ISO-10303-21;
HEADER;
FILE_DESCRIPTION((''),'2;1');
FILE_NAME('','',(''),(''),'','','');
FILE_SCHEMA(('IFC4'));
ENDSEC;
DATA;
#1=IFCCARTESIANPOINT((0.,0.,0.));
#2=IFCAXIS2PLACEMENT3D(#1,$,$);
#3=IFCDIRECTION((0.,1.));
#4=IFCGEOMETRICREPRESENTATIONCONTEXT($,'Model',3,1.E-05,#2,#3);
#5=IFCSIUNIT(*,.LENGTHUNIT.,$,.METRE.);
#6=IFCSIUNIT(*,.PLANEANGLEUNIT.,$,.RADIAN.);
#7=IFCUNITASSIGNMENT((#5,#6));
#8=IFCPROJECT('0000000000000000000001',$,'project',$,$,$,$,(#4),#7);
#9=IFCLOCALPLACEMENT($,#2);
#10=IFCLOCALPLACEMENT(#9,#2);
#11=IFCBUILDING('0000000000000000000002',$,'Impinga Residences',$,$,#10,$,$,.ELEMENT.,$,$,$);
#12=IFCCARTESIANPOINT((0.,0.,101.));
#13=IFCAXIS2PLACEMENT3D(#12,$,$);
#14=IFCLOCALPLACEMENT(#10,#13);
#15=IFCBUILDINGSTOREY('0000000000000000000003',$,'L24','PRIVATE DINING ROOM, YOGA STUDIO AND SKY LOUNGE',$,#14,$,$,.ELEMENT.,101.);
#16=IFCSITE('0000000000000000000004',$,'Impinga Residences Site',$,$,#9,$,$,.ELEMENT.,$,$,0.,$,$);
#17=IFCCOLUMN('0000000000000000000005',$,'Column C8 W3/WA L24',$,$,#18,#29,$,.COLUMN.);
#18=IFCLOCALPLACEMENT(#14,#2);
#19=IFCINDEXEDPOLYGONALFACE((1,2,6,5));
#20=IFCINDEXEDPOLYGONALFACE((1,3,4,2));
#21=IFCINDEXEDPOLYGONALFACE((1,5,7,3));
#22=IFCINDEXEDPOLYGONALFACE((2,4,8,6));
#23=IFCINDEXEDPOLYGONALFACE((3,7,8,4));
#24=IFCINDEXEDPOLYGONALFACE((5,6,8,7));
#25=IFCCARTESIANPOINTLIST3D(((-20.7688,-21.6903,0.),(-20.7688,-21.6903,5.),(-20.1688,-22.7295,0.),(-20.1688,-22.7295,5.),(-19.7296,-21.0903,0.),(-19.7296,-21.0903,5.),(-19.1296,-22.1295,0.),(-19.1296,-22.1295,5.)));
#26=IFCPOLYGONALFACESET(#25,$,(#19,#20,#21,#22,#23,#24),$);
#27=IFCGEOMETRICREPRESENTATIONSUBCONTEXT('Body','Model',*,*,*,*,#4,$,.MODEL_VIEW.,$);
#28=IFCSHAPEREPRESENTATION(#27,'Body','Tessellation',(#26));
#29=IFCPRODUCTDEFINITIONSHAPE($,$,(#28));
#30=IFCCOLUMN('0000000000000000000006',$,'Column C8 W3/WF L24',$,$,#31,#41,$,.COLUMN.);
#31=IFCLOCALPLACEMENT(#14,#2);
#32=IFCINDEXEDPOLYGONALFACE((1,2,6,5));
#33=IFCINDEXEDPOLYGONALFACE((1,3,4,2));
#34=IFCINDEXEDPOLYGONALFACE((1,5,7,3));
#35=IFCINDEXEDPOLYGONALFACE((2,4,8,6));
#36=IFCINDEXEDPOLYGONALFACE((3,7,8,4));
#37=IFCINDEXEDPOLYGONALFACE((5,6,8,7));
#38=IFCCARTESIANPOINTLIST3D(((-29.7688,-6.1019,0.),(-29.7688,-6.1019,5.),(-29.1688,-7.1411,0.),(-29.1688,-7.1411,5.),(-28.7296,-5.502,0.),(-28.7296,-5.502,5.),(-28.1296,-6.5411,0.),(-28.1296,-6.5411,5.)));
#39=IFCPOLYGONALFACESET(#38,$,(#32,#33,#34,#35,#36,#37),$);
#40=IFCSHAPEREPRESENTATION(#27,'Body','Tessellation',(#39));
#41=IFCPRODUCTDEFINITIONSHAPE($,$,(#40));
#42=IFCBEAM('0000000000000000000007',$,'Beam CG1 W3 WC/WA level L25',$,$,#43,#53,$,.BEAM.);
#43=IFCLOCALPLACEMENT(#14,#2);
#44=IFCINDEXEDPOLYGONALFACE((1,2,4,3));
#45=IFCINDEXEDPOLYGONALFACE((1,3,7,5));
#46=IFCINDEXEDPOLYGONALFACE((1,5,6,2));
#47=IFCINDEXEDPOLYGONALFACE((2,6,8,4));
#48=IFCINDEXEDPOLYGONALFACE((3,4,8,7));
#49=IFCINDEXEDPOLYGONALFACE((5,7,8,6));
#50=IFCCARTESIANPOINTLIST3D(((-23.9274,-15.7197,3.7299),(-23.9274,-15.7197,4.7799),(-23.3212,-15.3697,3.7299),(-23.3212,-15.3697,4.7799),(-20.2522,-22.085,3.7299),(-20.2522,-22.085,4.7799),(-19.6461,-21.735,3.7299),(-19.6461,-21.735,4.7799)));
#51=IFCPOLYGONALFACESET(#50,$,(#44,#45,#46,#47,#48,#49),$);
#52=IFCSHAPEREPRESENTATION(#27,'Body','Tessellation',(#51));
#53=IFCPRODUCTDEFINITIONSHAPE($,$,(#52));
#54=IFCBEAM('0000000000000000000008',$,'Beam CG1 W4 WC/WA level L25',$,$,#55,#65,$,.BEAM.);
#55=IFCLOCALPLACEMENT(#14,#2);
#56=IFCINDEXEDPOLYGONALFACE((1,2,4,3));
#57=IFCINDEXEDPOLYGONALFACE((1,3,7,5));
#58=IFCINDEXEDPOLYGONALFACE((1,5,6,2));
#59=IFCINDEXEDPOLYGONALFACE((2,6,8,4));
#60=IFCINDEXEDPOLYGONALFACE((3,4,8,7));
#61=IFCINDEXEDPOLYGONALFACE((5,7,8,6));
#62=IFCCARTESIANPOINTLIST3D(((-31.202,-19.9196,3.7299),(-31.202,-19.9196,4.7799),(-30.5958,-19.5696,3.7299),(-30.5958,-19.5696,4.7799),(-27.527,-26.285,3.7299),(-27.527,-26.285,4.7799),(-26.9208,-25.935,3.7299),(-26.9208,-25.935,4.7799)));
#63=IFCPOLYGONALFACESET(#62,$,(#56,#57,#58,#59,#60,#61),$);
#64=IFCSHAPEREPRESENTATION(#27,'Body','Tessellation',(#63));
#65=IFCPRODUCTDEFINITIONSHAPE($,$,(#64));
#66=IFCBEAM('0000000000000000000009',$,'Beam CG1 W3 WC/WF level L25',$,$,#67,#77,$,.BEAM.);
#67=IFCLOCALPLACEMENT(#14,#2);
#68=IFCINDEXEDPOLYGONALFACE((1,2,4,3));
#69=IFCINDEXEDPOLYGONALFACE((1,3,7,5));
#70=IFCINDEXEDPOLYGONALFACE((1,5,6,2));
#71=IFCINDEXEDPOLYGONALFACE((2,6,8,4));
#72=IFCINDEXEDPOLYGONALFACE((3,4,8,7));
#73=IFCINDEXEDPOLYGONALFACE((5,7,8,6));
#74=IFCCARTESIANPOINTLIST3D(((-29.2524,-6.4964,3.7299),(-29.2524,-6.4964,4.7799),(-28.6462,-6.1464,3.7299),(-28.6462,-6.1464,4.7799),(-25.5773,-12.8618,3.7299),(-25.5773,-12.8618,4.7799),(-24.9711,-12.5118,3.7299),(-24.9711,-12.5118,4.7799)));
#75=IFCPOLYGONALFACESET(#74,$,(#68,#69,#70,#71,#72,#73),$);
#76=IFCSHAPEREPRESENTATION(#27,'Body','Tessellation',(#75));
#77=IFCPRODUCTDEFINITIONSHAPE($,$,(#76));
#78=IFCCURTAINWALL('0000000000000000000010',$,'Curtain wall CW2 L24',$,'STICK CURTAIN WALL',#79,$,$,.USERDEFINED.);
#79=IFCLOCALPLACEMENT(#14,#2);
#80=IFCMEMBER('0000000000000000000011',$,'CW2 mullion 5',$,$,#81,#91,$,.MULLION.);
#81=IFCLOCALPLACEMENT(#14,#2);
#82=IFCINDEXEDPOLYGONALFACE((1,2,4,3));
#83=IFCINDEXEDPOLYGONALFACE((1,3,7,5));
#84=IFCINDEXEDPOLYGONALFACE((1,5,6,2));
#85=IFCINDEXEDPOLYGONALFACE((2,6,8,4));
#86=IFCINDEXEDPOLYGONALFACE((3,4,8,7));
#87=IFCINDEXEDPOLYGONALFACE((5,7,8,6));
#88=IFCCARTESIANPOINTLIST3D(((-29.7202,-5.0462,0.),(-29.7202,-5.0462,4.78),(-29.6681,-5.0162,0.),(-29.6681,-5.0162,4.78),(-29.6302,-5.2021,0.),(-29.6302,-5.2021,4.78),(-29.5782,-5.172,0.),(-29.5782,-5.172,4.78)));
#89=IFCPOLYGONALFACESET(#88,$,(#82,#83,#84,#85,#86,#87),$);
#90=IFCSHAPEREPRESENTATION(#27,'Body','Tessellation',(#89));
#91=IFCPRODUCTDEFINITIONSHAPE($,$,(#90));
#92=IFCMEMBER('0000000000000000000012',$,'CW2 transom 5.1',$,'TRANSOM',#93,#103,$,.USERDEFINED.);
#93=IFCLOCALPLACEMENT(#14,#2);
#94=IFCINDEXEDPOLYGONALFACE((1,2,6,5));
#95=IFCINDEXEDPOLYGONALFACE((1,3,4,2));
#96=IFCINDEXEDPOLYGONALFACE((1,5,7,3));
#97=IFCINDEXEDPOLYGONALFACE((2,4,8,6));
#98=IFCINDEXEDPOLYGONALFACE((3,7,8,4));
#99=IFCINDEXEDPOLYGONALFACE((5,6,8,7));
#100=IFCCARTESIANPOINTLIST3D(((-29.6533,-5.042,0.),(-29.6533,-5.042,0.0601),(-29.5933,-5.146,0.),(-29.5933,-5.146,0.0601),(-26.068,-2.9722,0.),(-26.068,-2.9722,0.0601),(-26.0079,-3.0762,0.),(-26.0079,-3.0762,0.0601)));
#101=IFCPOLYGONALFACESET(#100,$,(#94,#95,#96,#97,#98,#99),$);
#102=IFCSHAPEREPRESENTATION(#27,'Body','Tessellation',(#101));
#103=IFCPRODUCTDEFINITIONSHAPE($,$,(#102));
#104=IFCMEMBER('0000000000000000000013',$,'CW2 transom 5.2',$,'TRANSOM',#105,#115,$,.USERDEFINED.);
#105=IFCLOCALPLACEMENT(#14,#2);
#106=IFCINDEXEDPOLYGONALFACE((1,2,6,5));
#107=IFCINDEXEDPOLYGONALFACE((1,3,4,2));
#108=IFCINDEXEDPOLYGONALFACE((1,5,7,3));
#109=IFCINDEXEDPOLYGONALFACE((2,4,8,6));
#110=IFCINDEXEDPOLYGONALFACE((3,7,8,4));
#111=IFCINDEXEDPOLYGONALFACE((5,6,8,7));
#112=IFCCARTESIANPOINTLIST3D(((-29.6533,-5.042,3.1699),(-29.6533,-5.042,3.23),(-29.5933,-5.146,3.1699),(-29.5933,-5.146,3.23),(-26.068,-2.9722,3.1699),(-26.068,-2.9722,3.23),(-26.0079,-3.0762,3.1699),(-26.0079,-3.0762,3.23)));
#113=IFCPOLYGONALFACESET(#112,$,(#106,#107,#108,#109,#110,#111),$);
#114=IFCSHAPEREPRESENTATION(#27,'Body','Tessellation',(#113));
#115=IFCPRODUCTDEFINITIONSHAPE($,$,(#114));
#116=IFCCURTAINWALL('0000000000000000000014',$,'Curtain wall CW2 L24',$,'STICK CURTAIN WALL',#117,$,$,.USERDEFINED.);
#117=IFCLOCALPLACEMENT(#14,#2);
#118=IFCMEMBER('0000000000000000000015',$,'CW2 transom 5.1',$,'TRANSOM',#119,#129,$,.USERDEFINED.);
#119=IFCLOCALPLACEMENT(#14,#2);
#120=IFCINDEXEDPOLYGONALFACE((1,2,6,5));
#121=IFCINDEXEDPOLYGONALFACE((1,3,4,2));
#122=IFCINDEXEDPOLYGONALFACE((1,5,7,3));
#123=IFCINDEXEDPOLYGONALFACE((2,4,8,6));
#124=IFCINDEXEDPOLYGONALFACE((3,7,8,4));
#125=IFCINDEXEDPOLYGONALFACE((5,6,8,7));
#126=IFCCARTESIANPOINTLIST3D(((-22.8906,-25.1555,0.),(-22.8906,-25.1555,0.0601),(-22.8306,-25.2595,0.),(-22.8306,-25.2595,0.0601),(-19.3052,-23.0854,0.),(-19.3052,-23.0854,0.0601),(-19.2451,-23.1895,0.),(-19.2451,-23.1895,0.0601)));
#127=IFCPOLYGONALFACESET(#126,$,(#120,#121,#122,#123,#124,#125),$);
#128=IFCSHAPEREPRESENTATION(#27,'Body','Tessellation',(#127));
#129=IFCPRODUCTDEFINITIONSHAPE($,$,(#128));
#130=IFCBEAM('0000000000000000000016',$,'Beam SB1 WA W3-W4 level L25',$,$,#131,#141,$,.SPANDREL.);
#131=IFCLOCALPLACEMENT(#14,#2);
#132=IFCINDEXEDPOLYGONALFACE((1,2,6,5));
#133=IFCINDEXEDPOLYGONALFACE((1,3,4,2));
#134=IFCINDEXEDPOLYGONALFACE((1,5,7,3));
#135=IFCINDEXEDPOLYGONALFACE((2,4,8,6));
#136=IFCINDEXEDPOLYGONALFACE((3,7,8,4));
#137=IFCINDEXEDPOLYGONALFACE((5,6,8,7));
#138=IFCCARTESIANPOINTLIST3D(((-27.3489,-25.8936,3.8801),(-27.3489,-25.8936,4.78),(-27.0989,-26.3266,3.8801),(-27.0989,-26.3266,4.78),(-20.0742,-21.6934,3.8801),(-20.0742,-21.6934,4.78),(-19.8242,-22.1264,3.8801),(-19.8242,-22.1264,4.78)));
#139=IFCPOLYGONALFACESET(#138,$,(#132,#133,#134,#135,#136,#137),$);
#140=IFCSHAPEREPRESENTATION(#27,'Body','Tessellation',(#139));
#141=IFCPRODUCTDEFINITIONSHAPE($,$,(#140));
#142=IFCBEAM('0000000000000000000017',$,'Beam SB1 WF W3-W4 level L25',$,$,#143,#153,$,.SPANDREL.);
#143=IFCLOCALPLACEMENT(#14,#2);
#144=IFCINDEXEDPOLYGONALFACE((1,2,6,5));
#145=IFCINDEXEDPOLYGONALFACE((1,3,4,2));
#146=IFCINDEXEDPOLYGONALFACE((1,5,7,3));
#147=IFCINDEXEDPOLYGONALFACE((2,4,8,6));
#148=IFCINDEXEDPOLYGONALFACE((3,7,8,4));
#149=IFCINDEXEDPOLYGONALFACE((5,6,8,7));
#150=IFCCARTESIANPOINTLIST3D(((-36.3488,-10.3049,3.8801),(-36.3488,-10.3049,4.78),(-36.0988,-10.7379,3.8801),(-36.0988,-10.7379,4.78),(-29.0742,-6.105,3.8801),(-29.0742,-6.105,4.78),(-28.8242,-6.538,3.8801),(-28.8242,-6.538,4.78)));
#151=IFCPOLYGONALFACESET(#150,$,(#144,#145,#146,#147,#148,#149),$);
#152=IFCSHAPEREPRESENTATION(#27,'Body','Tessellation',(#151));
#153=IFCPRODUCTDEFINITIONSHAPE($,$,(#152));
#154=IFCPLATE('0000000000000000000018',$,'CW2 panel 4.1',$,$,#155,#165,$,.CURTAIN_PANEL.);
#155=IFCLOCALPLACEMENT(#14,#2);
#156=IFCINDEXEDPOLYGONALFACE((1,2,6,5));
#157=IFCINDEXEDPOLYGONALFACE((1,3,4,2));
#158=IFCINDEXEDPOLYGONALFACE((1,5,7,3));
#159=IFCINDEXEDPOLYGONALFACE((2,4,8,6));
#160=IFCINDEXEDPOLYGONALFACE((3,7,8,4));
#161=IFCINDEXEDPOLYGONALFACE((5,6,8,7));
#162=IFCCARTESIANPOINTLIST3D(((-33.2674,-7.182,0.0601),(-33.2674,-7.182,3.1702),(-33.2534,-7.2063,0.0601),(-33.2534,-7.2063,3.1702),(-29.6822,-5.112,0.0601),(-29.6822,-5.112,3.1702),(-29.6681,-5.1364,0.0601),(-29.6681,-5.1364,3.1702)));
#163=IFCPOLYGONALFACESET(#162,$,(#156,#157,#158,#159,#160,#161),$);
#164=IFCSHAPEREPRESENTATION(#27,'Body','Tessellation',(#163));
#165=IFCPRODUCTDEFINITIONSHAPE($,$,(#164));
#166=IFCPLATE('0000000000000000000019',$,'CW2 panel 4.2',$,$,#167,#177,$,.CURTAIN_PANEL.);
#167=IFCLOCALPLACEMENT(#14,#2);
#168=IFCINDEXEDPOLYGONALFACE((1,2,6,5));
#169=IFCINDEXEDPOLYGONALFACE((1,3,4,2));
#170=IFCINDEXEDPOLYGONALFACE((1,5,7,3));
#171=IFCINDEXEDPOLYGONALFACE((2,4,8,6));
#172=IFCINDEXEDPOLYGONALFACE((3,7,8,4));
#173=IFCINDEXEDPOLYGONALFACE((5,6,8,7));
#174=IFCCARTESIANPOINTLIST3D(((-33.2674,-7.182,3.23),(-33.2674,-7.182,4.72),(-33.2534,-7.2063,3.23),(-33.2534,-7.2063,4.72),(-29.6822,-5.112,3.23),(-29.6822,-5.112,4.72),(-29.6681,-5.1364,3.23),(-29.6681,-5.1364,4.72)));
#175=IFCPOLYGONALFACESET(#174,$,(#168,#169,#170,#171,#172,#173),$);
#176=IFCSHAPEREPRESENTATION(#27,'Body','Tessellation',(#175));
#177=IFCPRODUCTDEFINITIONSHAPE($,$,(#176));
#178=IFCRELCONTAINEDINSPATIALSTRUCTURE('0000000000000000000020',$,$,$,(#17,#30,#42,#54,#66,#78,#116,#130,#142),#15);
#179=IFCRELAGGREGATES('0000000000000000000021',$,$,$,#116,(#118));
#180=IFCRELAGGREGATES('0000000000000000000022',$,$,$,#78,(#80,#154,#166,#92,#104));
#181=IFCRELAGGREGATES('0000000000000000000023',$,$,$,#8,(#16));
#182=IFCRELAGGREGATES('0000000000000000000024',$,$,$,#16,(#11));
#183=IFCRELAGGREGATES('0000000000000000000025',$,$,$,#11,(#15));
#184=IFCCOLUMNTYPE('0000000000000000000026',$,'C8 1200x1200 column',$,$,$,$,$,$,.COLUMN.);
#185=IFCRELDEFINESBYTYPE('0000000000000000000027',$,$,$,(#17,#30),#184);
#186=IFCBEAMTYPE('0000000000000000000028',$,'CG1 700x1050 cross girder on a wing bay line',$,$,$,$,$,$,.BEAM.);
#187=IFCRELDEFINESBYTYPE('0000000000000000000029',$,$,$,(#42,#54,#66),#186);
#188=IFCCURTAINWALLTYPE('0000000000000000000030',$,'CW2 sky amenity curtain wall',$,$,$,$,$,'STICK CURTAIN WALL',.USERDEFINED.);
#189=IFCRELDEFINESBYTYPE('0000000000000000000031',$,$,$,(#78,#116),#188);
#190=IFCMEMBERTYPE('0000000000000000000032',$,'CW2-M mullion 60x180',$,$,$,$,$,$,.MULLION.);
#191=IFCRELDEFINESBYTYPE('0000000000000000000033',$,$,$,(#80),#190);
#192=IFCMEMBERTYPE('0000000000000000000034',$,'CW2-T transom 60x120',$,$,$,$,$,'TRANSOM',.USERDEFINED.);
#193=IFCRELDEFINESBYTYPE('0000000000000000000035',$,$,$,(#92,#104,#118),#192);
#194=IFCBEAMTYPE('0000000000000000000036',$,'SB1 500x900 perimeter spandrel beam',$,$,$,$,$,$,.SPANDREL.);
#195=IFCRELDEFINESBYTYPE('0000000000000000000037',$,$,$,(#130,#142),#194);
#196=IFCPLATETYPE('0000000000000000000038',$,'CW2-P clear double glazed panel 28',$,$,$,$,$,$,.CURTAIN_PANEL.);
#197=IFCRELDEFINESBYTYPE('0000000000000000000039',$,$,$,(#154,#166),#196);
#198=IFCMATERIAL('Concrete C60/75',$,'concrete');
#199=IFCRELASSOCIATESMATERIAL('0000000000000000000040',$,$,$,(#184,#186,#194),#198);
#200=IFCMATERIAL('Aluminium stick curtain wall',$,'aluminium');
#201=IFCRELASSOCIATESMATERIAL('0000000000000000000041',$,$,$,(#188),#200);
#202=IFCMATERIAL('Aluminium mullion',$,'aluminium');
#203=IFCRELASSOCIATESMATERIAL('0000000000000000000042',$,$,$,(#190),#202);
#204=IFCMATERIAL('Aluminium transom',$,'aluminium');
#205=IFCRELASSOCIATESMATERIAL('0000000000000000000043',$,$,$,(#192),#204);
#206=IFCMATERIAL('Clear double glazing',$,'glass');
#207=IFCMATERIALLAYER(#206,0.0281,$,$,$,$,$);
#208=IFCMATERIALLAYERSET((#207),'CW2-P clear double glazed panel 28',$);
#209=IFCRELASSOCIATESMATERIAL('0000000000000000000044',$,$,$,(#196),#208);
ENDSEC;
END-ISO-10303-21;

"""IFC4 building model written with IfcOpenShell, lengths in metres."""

from ifc_helpers import new_model, si_unit, direction, frame, origin, origin_2d, place, context, subcontext, project, spatial, rectangle, extrude, material, layer, layer_set, material_profile, profile_set, type_object, element, aggregate, save


model = new_model("IFC4")

# Units and contexts
model_context = context("Model", 3, precision=1e-05, world=origin(), true_north=direction((0.0, 1.0)))
body_context = subcontext(model_context, "Body", "Model", "MODEL_VIEW")
ifc_project = project(units=[si_unit("LENGTHUNIT", "METRE"), si_unit("PLANEANGLEUNIT", "RADIAN")], contexts=[model_context])

# Site, building, storey
site_placement = place(None, origin())
site = spatial("IfcSite", under=ifc_project, at=site_placement, Name="Impinga Residences Site", CompositionType="ELEMENT", RefElevation=0.0)
building_placement = place(site_placement, origin())
building = spatial("IfcBuilding", under=site, at=building_placement, Name="Impinga Residences", CompositionType="ELEMENT")
storey_placement = place(building_placement, frame((0.0, 0.0, 101.0)))
storey = spatial("IfcBuildingStorey", under=building, at=storey_placement, Name="L24", Description="PRIVATE DINING ROOM, YOGA STUDIO AND SKY LOUNGE", CompositionType="ELEMENT", Elevation=101.0)

# Columns
ifc_material_1 = material(Name="Concrete C60/75", Category="concrete")
ifc_material_profile_1 = material_profile(ifc_material_1, rectangle(XDim=1.2, YDim=1.2, at=origin_2d()), Name="RC 1200x1200")
ifc_profile_set_1 = profile_set([ifc_material_profile_1], Name="Concrete C60/75")
column_type = type_object("IfcColumnType", Name="C8 1200x1200 column", PredefinedType="COLUMN", material=ifc_profile_set_1)
for number, where, z_axis, x_axis, name in (
    (1, (-19.9492, -21.9099, 0.0), (0.0, 0.0, 1.0), (-0.5, 0.866025, 0.0), "Column C8 W3/WA L24"),
    (2, (-28.9492, -6.3215, 0.0), (0.0, 0.0, 1.0), (-0.5, 0.866025, 0.0), "Column C8 W3/WF L24"),
):
    element("IfcColumn", number, at=place(storey_placement, frame(where, z_axis=z_axis, x_axis=x_axis)), inside=storey, type_object=column_type, Name=name, PredefinedType="COLUMN", context=body_context, shape_type="SweptSolid", body=[
        extrude(rectangle(XDim=1.2, YDim=1.2, at=origin_2d()), origin(), (0.0, 0.0, 1.0), 5.0),
    ])

# Beams
ifc_material_profile_2 = material_profile(ifc_material_1, rectangle(XDim=0.7, YDim=1.05, at=origin_2d()), Name="RC 700x1050")
ifc_profile_set_2 = profile_set([ifc_material_profile_2], Name="Concrete C60/75")
beam_type_1 = type_object("IfcBeamType", Name="CG1 700x1050 cross girder on a wing bay line", PredefinedType="BEAM", material=ifc_profile_set_2)
for number, where, z_axis, x_axis, name in (
    (3, (-23.6243, -15.5447, 4.2549), (0.500008, -0.866021, 0.0), (0.866021, 0.500008, 0.0), "Beam CG1 W3 WC/WA level L25"),
    (4, (-30.8989, -19.7446, 4.2549), (0.499994, -0.866029, 0.0), (0.866029, 0.499994, 0.0), "Beam CG1 W4 WC/WA level L25"),
    (5, (-25.2742, -12.6868, 4.2549), (-0.500008, 0.866021, 0.0), (-0.866021, -0.500008, 0.0), "Beam CG1 W3 WC/WF level L25"),
):
    element("IfcBeam", number, at=place(storey_placement, frame(where, z_axis=z_axis, x_axis=x_axis)), inside=storey, type_object=beam_type_1, Name=name, PredefinedType="BEAM", context=body_context, shape_type="SweptSolid", body=[
        extrude(rectangle(XDim=0.7, YDim=1.05, at=origin_2d()), origin(), (0.0, 0.0, 1.0), 7.3501),
    ])

# Curtain wall, members
ifc_material_2 = material(Name="Aluminium stick curtain wall", Category="aluminium")
curtain_wall_type = type_object("IfcCurtainWallType", Name="CW2 sky amenity curtain wall", ElementType="STICK CURTAIN WALL", PredefinedType="USERDEFINED", material=ifc_material_2)
curtain_wall_1_placement = place(storey_placement, origin())
curtain_wall_1 = element("IfcCurtainWall", 6, at=curtain_wall_1_placement, inside=storey, type_object=curtain_wall_type, Name="Curtain wall CW2 L24", ObjectType="STICK CURTAIN WALL", PredefinedType="USERDEFINED")
ifc_material_3 = material(Name="Aluminium mullion", Category="aluminium")
ifc_material_profile_3 = material_profile(ifc_material_3, rectangle(XDim=0.0601, YDim=0.1799, at=origin_2d()), Name="60x180 mullion")
ifc_profile_set_3 = profile_set([ifc_material_profile_3], Name="Aluminium mullion")
member_type_1 = type_object("IfcMemberType", Name="CW2-M mullion 60x180", PredefinedType="MULLION", material=ifc_profile_set_3)
member_1_placement = place(storey_placement, frame((-29.6492, -5.1091, 0.0), z_axis=(0.0, 0.0, 1.0), x_axis=(0.866025, 0.5, 0.0)))
member_1 = element("IfcMember", 7, at=member_1_placement, type_object=member_type_1, Name="CW2 mullion 5", PredefinedType="MULLION", context=body_context, shape_type="SweptSolid", body=[
    extrude(rectangle(XDim=0.0601, YDim=0.1799, at=origin_2d()), origin(), (0.0, 0.0, 1.0), 4.78),
])
ifc_material_4 = material(Name="Aluminium transom", Category="aluminium")
ifc_material_profile_4 = material_profile(ifc_material_4, rectangle(XDim=0.0601, YDim=0.1201, at=origin_2d()), Name="60x120 transom")
ifc_profile_set_4 = profile_set([ifc_material_profile_4], Name="Aluminium transom")
member_type_2 = type_object("IfcMemberType", Name="CW2-T transom 60x120", ElementType="TRANSOM", PredefinedType="USERDEFINED", material=ifc_profile_set_4)
member_2_placement = place(storey_placement, frame((-29.6233, -5.094, 0.03), z_axis=(0.86605, 0.499957, 0.0), x_axis=(0.0, 0.0, 1.0)))
member_2 = element("IfcMember", 8, at=member_2_placement, type_object=member_type_2, Name="CW2 transom 5.1", ObjectType="TRANSOM", PredefinedType="USERDEFINED", context=body_context, shape_type="SweptSolid", body=[
    extrude(rectangle(XDim=0.0601, YDim=0.1201, at=origin_2d()), origin(), (0.0, 0.0, 1.0), 4.1399),
])
member_3_placement = place(storey_placement, frame((-29.6233, -5.094, 3.2), z_axis=(0.86605, 0.499957, 0.0), x_axis=(0.0, 0.0, 1.0)))
member_3 = element("IfcMember", 9, at=member_3_placement, type_object=member_type_2, Name="CW2 transom 5.2", ObjectType="TRANSOM", PredefinedType="USERDEFINED", context=body_context, shape_type="SweptSolid", body=[
    extrude(rectangle(XDim=0.0601, YDim=0.1201, at=origin_2d()), origin(), (0.0, 0.0, 1.0), 4.1399),
])

# Curtain wall, member
curtain_wall_2_placement = place(storey_placement, origin())
curtain_wall_2 = element("IfcCurtainWall", 10, at=curtain_wall_2_placement, inside=storey, type_object=curtain_wall_type, Name="Curtain wall CW2 L24", ObjectType="STICK CURTAIN WALL", PredefinedType="USERDEFINED")
member_4_placement = place(storey_placement, frame((-19.2751, -23.1375, 0.03), z_axis=(-0.866025, -0.500002, 0.0), x_axis=(0.0, 0.0, 1.0)))
member_4 = element("IfcMember", 11, at=member_4_placement, type_object=member_type_2, Name="CW2 transom 5.1", ObjectType="TRANSOM", PredefinedType="USERDEFINED", context=body_context, shape_type="SweptSolid", body=[
    extrude(rectangle(XDim=0.0601, YDim=0.1201, at=origin_2d()), origin(), (0.0, 0.0, 1.0), 4.1401),
])
aggregate(curtain_wall_2, [member_4])

# Beams
ifc_material_profile_5 = material_profile(ifc_material_1, rectangle(XDim=0.5, YDim=0.8999, at=origin_2d()), Name="RC 500x900")
ifc_profile_set_5 = profile_set([ifc_material_profile_5], Name="Concrete C60/75")
beam_type_2 = type_object("IfcBeamType", Name="SB1 500x900 perimeter spandrel beam", PredefinedType="SPANDREL", material=ifc_profile_set_5)
beam_1_placement = place(storey_placement, frame((-19.9492, -21.9099, 4.3301), z_axis=(-0.866017, -0.500015, 0.0), x_axis=(0.500015, -0.866017, 0.0)))
element("IfcBeam", 12, at=beam_1_placement, inside=storey, type_object=beam_type_2, Name="Beam SB1 WA W3-W4 level L25", PredefinedType="SPANDREL", context=body_context, shape_type="SweptSolid", body=[
    extrude(rectangle(XDim=0.5, YDim=0.8999, at=origin_2d()), origin(), (0.0, 0.0, 1.0), 8.4001),
])
beam_2_placement = place(storey_placement, frame((-28.9492, -6.3215, 4.3301), z_axis=(-0.866029, -0.499993, 0.0), x_axis=(0.499993, -0.866029, 0.0)))
element("IfcBeam", 13, at=beam_2_placement, inside=storey, type_object=beam_type_2, Name="Beam SB1 WF W3-W4 level L25", PredefinedType="SPANDREL", context=body_context, shape_type="SweptSolid", body=[
    extrude(rectangle(XDim=0.5, YDim=0.8999, at=origin_2d()), origin(), (0.0, 0.0, 1.0), 8.3999),
])

# Plates
ifc_material_5 = material(Name="Clear double glazing", Category="glass")
ifc_layer_1 = layer(ifc_material_5, 0.0281)
ifc_layer_set_1 = layer_set([ifc_layer_1], Name="CW2-P clear double glazed panel 28")
plate_type = type_object("IfcPlateType", Name="CW2-P clear double glazed panel 28", PredefinedType="CURTAIN_PANEL", material=ifc_layer_set_1)
plate_1_placement = place(storey_placement, frame((-31.4678, -6.1592, 0.0601), z_axis=(0.0, 0.0, 1.0), x_axis=(0.866025, 0.5, 0.0)))
plate_1 = element("IfcPlate", 14, at=plate_1_placement, type_object=plate_type, Name="CW2 panel 4.1", PredefinedType="CURTAIN_PANEL", context=body_context, shape_type="SweptSolid", body=[
    extrude(rectangle(XDim=4.1399, YDim=0.0281, at=origin_2d()), origin(), (0.0, 0.0, 1.0), 3.1101),
])
plate_2_placement = place(storey_placement, frame((-31.4678, -6.1592, 3.23), z_axis=(0.0, 0.0, 1.0), x_axis=(0.866025, 0.5, 0.0)))
plate_2 = element("IfcPlate", 15, at=plate_2_placement, type_object=plate_type, Name="CW2 panel 4.2", PredefinedType="CURTAIN_PANEL", context=body_context, shape_type="SweptSolid", body=[
    extrude(rectangle(XDim=4.1399, YDim=0.0281, at=origin_2d()), origin(), (0.0, 0.0, 1.0), 1.49),
])
aggregate(curtain_wall_1, [member_1, plate_1, plate_2, member_2, member_3])

save(model, "model.ifc")
